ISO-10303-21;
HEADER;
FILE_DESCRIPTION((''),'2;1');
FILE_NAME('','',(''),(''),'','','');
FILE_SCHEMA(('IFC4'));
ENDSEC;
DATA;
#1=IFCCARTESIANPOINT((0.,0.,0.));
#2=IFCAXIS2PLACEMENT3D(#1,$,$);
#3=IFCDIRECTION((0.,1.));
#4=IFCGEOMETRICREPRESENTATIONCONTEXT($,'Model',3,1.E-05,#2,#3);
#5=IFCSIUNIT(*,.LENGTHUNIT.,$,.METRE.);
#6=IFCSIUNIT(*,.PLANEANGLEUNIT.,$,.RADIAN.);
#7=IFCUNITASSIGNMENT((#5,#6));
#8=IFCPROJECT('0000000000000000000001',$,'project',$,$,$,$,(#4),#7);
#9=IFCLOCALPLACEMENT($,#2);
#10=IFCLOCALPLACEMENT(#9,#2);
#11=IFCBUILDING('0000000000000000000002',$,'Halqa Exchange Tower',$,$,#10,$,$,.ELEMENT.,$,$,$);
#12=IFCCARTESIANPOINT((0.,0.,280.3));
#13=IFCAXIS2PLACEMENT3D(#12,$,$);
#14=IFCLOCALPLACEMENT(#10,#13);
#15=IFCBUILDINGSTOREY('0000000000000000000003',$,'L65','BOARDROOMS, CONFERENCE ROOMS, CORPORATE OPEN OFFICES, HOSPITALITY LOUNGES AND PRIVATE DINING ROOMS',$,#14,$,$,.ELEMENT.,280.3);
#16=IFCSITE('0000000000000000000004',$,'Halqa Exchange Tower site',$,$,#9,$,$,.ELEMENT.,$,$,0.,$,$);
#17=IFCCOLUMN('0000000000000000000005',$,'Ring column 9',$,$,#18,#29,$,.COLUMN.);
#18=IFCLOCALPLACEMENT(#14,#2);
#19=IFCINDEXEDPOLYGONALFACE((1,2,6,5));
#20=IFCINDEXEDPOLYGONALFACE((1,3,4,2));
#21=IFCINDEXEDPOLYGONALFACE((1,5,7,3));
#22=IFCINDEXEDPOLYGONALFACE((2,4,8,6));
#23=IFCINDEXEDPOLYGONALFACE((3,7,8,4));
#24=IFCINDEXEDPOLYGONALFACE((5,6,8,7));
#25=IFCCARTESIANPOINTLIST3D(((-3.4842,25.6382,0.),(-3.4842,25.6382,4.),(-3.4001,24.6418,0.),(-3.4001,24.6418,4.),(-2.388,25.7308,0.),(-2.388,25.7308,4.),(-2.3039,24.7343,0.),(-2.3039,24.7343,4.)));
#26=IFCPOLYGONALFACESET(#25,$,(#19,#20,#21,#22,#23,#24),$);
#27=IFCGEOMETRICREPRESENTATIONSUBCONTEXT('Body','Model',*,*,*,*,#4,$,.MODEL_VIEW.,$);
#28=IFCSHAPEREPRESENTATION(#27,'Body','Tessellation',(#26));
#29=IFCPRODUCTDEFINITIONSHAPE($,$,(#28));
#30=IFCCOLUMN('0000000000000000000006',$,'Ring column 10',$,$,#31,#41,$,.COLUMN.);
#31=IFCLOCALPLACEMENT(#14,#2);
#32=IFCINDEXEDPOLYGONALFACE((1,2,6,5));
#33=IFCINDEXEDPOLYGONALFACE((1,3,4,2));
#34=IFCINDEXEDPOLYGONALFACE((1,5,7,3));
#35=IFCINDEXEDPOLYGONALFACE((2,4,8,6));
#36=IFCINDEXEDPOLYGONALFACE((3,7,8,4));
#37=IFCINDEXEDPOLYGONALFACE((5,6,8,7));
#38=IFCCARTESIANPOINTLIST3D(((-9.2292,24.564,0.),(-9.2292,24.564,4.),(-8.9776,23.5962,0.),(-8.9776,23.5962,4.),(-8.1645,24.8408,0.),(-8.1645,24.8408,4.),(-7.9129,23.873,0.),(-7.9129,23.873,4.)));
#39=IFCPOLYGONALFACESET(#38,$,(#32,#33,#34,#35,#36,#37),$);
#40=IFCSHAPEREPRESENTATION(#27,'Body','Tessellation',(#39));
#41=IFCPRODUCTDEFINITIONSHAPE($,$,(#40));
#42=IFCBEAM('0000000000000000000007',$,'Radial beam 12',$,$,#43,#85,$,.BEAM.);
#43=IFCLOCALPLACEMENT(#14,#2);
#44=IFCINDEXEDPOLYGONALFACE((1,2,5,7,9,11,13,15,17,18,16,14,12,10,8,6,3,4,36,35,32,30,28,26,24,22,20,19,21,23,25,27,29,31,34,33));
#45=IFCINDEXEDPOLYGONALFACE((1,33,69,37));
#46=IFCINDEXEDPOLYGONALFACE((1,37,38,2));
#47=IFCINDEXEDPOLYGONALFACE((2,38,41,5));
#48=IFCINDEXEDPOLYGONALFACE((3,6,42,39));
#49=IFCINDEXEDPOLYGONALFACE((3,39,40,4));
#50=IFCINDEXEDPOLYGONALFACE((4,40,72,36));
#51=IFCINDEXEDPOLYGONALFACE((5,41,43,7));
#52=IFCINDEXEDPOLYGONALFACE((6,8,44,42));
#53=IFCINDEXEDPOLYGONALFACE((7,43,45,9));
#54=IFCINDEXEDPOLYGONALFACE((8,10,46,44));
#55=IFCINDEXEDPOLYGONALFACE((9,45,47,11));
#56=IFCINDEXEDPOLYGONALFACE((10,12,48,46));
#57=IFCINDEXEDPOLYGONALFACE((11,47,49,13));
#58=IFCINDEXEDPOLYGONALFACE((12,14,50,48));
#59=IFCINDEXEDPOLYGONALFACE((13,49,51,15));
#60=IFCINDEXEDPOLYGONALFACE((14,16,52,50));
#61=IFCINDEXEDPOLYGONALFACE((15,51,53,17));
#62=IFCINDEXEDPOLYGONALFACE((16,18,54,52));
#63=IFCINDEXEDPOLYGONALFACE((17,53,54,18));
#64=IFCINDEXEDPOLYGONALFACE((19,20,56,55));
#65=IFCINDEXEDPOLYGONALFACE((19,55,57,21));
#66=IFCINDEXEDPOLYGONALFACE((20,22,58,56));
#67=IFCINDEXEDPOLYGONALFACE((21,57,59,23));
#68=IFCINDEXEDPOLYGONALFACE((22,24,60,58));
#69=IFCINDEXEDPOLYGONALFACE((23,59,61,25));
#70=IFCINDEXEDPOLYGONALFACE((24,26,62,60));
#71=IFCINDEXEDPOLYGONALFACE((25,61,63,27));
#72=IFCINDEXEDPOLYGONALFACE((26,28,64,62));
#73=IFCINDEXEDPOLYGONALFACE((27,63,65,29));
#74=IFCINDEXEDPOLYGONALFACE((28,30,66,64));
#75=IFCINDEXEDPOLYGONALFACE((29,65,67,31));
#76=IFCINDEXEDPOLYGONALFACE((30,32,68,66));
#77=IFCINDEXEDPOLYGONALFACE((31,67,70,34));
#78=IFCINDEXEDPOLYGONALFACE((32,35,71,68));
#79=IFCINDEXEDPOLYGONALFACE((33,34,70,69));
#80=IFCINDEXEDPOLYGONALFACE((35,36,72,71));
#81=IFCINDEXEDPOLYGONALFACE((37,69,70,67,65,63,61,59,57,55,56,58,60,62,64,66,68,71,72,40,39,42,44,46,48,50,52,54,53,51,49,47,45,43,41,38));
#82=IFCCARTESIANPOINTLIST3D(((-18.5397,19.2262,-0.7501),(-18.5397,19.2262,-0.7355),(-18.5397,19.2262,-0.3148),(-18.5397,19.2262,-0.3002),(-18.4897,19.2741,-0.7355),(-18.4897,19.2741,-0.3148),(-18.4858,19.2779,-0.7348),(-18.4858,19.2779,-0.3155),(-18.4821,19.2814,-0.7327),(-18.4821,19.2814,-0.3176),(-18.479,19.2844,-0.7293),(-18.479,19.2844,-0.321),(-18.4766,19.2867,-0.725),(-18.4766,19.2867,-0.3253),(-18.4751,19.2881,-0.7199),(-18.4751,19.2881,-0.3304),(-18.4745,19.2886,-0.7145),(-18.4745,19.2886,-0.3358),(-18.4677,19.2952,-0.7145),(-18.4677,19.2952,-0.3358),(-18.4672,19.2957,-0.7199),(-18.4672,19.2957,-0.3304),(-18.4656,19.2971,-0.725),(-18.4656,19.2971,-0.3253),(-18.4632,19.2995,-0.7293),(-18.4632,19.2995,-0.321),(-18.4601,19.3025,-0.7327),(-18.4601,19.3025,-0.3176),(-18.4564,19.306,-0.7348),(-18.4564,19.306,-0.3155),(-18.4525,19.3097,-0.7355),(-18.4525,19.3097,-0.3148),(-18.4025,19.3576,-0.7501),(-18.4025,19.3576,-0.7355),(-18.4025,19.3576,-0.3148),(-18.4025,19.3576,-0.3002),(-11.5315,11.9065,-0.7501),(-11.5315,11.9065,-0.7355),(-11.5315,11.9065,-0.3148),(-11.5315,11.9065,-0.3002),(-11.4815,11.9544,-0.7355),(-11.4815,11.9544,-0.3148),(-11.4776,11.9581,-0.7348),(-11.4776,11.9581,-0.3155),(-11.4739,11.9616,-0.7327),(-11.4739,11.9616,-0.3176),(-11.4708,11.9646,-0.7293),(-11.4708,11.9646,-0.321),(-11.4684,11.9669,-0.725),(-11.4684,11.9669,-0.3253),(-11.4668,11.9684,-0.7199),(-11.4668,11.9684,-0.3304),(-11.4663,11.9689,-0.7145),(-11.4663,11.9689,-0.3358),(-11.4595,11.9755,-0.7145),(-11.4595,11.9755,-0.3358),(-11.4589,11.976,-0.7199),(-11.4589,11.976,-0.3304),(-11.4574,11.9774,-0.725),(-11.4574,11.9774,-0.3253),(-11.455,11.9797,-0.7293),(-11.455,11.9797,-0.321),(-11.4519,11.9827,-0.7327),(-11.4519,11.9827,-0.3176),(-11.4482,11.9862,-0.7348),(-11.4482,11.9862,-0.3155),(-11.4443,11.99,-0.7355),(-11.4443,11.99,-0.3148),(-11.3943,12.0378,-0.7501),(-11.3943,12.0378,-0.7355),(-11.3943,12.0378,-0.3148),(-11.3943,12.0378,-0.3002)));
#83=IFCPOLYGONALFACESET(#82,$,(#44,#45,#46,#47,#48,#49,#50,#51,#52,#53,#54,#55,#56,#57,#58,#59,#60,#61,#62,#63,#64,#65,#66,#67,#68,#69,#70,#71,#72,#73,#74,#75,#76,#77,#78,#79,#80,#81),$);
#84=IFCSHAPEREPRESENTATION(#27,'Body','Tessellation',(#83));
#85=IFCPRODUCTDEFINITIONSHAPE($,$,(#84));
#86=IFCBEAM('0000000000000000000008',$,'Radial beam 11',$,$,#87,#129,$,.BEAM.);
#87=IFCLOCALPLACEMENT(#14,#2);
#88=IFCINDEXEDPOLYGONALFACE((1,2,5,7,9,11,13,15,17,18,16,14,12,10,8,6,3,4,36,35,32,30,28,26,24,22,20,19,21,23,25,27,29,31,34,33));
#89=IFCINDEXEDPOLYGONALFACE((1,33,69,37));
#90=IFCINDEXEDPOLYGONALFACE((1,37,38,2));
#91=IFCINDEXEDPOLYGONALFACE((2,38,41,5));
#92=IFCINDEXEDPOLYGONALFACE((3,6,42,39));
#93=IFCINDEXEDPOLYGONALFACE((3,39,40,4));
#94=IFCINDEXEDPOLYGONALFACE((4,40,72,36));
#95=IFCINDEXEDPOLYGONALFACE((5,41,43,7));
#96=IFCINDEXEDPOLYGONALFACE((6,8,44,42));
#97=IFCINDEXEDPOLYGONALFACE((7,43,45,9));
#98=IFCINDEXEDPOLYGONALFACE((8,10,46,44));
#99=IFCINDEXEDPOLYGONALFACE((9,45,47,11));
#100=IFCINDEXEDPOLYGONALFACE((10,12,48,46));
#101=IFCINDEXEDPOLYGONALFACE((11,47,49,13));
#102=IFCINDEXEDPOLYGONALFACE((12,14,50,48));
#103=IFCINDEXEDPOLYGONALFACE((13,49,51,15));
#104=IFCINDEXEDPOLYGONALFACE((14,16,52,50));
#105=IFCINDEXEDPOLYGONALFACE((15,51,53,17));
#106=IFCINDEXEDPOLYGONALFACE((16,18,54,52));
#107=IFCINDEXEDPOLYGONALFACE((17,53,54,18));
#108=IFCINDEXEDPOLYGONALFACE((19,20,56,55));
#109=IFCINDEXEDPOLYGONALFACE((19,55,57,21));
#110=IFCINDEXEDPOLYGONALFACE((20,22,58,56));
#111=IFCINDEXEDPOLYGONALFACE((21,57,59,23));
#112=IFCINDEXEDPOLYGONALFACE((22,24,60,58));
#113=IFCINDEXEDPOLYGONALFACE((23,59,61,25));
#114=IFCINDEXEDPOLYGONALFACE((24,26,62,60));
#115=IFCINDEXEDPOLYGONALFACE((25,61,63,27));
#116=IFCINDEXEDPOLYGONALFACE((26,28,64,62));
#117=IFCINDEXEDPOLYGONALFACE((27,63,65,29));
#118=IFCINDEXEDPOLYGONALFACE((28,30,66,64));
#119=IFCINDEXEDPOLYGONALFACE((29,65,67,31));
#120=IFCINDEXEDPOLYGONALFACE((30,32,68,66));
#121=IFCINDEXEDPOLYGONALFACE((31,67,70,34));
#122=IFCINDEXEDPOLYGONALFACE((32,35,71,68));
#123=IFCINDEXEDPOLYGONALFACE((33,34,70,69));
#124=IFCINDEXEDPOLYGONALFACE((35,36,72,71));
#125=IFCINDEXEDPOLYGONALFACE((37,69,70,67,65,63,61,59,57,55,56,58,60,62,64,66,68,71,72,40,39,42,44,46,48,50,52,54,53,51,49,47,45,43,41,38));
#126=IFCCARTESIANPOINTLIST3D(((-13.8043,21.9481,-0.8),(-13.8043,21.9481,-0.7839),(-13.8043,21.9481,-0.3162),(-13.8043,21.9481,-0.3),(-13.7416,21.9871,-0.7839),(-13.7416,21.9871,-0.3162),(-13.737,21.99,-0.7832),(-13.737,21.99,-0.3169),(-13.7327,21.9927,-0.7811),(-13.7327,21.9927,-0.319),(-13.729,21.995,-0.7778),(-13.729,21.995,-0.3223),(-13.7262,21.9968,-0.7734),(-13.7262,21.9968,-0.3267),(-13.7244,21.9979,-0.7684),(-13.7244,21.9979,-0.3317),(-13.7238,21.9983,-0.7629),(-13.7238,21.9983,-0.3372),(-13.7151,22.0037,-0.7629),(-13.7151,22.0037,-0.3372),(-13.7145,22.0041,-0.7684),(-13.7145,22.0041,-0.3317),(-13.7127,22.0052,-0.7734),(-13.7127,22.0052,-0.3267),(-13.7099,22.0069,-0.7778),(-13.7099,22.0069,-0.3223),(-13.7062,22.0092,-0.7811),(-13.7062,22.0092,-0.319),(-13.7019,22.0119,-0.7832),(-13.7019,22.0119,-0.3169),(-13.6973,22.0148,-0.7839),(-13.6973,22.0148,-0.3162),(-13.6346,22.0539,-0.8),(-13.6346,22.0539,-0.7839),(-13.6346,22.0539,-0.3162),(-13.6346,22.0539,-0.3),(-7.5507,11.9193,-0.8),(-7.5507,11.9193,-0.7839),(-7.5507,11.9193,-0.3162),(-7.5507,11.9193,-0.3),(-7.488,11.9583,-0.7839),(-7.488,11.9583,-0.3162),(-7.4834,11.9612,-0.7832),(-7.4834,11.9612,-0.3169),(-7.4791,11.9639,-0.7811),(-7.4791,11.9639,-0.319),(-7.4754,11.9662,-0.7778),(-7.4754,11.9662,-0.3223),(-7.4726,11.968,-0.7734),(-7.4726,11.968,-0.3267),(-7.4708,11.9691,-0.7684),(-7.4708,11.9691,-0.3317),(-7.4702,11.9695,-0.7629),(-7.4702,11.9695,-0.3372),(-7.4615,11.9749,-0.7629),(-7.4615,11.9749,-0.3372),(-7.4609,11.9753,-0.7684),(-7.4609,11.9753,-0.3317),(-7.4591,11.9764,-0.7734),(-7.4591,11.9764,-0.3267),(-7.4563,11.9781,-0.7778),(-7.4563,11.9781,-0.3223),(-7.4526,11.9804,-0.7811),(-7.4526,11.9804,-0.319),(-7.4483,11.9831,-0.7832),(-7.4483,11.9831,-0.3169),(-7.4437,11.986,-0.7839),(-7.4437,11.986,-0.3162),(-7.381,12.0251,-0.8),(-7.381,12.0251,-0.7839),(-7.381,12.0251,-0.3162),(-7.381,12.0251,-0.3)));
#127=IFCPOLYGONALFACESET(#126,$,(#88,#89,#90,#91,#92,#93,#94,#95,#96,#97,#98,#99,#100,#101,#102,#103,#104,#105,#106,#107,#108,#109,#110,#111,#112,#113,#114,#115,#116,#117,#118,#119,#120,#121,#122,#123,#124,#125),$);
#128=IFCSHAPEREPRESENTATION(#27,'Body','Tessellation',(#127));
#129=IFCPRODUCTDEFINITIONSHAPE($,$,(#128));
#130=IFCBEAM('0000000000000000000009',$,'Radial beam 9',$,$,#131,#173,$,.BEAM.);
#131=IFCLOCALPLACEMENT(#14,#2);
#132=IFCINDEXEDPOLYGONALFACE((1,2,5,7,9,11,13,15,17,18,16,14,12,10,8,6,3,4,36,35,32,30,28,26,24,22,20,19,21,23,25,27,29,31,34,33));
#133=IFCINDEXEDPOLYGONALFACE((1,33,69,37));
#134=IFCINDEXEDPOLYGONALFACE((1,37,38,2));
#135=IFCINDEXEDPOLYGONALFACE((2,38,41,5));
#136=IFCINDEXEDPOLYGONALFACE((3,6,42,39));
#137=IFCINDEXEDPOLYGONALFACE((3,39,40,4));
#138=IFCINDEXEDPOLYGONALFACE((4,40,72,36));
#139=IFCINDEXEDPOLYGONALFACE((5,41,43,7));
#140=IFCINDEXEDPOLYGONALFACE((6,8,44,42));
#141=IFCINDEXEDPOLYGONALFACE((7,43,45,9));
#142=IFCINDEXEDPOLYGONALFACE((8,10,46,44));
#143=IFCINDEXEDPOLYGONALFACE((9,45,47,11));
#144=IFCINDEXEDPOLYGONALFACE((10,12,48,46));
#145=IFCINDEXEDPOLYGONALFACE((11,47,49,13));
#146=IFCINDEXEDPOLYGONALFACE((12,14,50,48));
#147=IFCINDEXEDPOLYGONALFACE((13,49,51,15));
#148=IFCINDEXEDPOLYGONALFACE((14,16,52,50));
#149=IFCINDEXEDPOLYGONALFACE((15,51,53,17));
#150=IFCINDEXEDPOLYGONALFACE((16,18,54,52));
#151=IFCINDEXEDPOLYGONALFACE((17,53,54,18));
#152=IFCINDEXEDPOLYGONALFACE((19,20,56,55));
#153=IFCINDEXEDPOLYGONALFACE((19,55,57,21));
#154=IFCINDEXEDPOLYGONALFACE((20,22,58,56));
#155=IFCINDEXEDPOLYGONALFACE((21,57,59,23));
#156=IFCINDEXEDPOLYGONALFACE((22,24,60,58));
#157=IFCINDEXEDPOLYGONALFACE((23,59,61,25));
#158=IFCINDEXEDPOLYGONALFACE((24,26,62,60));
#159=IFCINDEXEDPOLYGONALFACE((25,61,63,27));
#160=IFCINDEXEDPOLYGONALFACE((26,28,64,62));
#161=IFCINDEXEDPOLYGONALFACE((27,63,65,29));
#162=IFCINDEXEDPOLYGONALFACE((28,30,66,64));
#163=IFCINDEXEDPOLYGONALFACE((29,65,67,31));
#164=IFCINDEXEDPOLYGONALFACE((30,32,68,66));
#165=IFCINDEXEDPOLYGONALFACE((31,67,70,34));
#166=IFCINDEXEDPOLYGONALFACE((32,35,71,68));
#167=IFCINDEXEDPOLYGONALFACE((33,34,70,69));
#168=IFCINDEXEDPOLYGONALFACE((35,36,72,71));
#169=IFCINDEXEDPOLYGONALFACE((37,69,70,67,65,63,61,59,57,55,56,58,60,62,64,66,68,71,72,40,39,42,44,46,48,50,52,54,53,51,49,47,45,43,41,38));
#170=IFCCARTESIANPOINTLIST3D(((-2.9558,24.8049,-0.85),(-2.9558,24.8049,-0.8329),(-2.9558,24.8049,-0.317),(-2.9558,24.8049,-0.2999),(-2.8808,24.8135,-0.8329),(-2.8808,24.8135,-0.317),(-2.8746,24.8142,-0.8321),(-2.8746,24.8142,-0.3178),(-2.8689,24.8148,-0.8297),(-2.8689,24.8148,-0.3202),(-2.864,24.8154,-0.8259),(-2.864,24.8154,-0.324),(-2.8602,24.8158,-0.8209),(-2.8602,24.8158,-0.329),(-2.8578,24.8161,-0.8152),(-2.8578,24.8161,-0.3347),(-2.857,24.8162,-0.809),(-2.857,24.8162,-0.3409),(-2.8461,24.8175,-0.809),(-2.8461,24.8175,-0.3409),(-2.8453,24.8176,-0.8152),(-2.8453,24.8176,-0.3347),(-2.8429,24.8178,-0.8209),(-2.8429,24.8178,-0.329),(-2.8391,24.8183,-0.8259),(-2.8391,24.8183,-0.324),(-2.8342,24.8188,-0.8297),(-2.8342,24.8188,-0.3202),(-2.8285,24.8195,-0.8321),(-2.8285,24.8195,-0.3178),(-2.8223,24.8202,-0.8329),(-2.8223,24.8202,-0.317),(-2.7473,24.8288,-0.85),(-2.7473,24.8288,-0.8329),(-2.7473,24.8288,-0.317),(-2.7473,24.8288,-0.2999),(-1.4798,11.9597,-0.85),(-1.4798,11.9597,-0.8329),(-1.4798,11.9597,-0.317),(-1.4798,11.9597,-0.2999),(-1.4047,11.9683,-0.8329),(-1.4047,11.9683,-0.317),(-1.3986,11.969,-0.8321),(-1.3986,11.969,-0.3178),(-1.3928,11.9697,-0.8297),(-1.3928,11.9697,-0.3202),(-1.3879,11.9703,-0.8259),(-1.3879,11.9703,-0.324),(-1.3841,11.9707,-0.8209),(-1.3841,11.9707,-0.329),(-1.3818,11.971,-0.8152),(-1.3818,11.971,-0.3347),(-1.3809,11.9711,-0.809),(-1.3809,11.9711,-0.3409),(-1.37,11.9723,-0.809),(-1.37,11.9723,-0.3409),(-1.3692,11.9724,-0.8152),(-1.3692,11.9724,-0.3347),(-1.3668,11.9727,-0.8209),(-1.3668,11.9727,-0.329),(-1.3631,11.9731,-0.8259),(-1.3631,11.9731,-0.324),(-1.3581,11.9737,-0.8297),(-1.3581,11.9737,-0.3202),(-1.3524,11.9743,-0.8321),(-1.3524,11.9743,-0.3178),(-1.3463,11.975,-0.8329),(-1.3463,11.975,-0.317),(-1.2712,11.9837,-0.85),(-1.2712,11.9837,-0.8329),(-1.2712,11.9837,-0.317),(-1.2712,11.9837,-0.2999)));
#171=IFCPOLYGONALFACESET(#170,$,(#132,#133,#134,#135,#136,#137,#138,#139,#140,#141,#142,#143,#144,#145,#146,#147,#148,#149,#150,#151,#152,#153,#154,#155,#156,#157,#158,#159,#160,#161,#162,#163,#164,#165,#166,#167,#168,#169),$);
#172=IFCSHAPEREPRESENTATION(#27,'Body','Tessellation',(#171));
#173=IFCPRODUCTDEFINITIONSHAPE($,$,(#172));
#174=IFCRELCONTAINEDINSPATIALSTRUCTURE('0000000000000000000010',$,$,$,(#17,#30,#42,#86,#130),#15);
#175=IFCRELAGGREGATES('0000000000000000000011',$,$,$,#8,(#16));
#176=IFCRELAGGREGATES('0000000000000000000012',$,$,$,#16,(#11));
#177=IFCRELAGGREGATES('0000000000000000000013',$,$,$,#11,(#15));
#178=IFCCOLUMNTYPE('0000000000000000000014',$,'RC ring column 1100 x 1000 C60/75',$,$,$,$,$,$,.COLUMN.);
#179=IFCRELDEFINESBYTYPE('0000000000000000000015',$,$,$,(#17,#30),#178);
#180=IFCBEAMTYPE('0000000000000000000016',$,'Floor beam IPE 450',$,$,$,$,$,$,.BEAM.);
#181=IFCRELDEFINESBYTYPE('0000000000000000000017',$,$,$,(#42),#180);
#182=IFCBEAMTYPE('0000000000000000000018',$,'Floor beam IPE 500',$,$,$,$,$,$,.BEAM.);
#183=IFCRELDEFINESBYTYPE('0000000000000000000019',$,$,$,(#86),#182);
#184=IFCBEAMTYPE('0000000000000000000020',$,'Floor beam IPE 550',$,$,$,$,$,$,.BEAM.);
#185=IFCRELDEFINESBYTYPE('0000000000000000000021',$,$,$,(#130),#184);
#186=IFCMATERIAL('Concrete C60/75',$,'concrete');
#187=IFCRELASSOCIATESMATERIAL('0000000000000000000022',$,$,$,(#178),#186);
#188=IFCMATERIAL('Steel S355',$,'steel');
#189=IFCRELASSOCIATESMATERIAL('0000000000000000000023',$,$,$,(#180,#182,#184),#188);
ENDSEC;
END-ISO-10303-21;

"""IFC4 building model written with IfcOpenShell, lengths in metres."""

from ifc_helpers import new_model, si_unit, direction, frame, origin, origin_2d, place, context, subcontext, project, spatial, rectangle, i_section, extrude, material, material_profile, profile_set, type_object, element, save


model = new_model("IFC4")

# Units and contexts
model_context = context("Model", 3, precision=1e-05, world=origin(), true_north=direction((0.0, 1.0)))
body_context = subcontext(model_context, "Body", "Model", "MODEL_VIEW")
ifc_project = project(units=[si_unit("LENGTHUNIT", "METRE"), si_unit("PLANEANGLEUNIT", "RADIAN")], contexts=[model_context])

# Site, building, storey
site_placement = place(None, origin())
site = spatial("IfcSite", under=ifc_project, at=site_placement, Name="Halqa Exchange Tower site", CompositionType="ELEMENT", RefElevation=0.0)
building_placement = place(site_placement, origin())
building = spatial("IfcBuilding", under=site, at=building_placement, Name="Halqa Exchange Tower", CompositionType="ELEMENT")
storey_placement = place(building_placement, frame((0.0, 0.0, 280.3)))
storey = spatial("IfcBuildingStorey", under=building, at=storey_placement, Name="L65", Description="BOARDROOMS, CONFERENCE ROOMS, CORPORATE OPEN OFFICES, HOSPITALITY LOUNGES AND PRIVATE DINING ROOMS", CompositionType="ELEMENT", Elevation=280.3)

# Columns
ifc_material_1 = material(Name="Concrete C60/75", Category="concrete")
ifc_material_profile_1 = material_profile(ifc_material_1, rectangle(XDim=1.1001, YDim=1.0, at=origin_2d()), Name="1100 x 1000")
ifc_profile_set_1 = profile_set([ifc_material_profile_1], Name="Concrete C60/75")
column_type = type_object("IfcColumnType", Name="RC ring column 1100 x 1000 C60/75", PredefinedType="COLUMN", material=ifc_profile_set_1)
for number, where, z_axis, x_axis, name in (
    (1, (-2.894, 25.1863, 0.0), (0.0, 0.0, 1.0), (-0.996456, -0.084121, 0.0), "Ring column 9"),
    (2, (-8.571, 24.2185, 0.0), (0.0, 0.0, 1.0), (-0.96782, -0.251644, 0.0), "Ring column 10"),
):
    element("IfcColumn", number, at=place(storey_placement, frame(where, z_axis=z_axis, x_axis=x_axis)), inside=storey, type_object=column_type, Name=name, PredefinedType="COLUMN", context=body_context, shape_type="SweptSolid", body=[
        extrude(rectangle(XDim=1.1001, YDim=1.0, at=origin_2d()), origin(), (0.0, 0.0, 1.0), 4.0),
    ])

# Beams
ifc_material_2 = material(Name="Steel S355", Category="steel")
ifc_material_profile_2 = material_profile(ifc_material_2, i_section(OverallWidth=0.1899, OverallDepth=0.45, WebThickness=0.0095, FlangeThickness=0.0146, FilletRadius=0.021, at=origin_2d()), Name="IPE 450")
ifc_profile_set_2 = profile_set([ifc_material_profile_2], Name="Steel S355")
beam_type_1 = type_object("IfcBeamType", Name="Floor beam IPE 450", PredefinedType="BEAM", material=ifc_profile_set_2)
beam_1_placement = place(storey_placement, frame((-11.4629, 11.9722, -0.5251), z_axis=(-0.691569, 0.72231, 0.0), x_axis=(-0.72231, -0.691569, 0.0)))
element("IfcBeam", 3, at=beam_1_placement, inside=storey, type_object=beam_type_1, Name="Radial beam 12", PredefinedType="BEAM", context=body_context, shape_type="SweptSolid", body=[
    extrude(i_section(OverallWidth=0.1899, OverallDepth=0.45, WebThickness=0.0095, FlangeThickness=0.0146, FilletRadius=0.021, at=origin_2d()), origin(), (0.0, 0.0, 1.0), 10.1338),
])
ifc_material_profile_3 = material_profile(ifc_material_2, i_section(OverallWidth=0.2, OverallDepth=0.5, WebThickness=0.0103, FlangeThickness=0.0161, FilletRadius=0.021, at=origin_2d()), Name="IPE 500")
ifc_profile_set_3 = profile_set([ifc_material_profile_3], Name="Steel S355")
beam_type_2 = type_object("IfcBeamType", Name="Floor beam IPE 500", PredefinedType="BEAM", material=ifc_profile_set_3)
beam_2_placement = place(storey_placement, frame((-7.4658, 11.9722, -0.55), z_axis=(-0.529126, 0.848543, 0.0), x_axis=(-0.848543, -0.529126, 0.0)))
element("IfcBeam", 4, at=beam_2_placement, inside=storey, type_object=beam_type_2, Name="Radial beam 11", PredefinedType="BEAM", context=body_context, shape_type="SweptSolid", body=[
    extrude(i_section(OverallWidth=0.2, OverallDepth=0.5, WebThickness=0.0103, FlangeThickness=0.0161, FilletRadius=0.021, at=origin_2d()), origin(), (0.0, 0.0, 1.0), 11.8188),
])
ifc_material_profile_4 = material_profile(ifc_material_2, i_section(OverallWidth=0.21, OverallDepth=0.55, WebThickness=0.011, FlangeThickness=0.0171, FilletRadius=0.0239, at=origin_2d()), Name="IPE 550")
ifc_profile_set_4 = profile_set([ifc_material_profile_4], Name="Steel S355")
beam_type_3 = type_object("IfcBeamType", Name="Floor beam IPE 550", PredefinedType="BEAM", material=ifc_profile_set_4)
beam_3_placement = place(storey_placement, frame((-1.3755, 11.9717, -0.575), z_axis=(-0.114161, 0.993462, 0.0), x_axis=(-0.993462, -0.114161, 0.0)))
element("IfcBeam", 5, at=beam_3_placement, inside=storey, type_object=beam_type_3, Name="Radial beam 9", PredefinedType="BEAM", context=body_context, shape_type="SweptSolid", body=[
    extrude(i_section(OverallWidth=0.21, OverallDepth=0.55, WebThickness=0.011, FlangeThickness=0.0171, FilletRadius=0.0239, at=origin_2d()), origin(), (0.0, 0.0, 1.0), 12.9297),
])

save(model, "model.ifc")
